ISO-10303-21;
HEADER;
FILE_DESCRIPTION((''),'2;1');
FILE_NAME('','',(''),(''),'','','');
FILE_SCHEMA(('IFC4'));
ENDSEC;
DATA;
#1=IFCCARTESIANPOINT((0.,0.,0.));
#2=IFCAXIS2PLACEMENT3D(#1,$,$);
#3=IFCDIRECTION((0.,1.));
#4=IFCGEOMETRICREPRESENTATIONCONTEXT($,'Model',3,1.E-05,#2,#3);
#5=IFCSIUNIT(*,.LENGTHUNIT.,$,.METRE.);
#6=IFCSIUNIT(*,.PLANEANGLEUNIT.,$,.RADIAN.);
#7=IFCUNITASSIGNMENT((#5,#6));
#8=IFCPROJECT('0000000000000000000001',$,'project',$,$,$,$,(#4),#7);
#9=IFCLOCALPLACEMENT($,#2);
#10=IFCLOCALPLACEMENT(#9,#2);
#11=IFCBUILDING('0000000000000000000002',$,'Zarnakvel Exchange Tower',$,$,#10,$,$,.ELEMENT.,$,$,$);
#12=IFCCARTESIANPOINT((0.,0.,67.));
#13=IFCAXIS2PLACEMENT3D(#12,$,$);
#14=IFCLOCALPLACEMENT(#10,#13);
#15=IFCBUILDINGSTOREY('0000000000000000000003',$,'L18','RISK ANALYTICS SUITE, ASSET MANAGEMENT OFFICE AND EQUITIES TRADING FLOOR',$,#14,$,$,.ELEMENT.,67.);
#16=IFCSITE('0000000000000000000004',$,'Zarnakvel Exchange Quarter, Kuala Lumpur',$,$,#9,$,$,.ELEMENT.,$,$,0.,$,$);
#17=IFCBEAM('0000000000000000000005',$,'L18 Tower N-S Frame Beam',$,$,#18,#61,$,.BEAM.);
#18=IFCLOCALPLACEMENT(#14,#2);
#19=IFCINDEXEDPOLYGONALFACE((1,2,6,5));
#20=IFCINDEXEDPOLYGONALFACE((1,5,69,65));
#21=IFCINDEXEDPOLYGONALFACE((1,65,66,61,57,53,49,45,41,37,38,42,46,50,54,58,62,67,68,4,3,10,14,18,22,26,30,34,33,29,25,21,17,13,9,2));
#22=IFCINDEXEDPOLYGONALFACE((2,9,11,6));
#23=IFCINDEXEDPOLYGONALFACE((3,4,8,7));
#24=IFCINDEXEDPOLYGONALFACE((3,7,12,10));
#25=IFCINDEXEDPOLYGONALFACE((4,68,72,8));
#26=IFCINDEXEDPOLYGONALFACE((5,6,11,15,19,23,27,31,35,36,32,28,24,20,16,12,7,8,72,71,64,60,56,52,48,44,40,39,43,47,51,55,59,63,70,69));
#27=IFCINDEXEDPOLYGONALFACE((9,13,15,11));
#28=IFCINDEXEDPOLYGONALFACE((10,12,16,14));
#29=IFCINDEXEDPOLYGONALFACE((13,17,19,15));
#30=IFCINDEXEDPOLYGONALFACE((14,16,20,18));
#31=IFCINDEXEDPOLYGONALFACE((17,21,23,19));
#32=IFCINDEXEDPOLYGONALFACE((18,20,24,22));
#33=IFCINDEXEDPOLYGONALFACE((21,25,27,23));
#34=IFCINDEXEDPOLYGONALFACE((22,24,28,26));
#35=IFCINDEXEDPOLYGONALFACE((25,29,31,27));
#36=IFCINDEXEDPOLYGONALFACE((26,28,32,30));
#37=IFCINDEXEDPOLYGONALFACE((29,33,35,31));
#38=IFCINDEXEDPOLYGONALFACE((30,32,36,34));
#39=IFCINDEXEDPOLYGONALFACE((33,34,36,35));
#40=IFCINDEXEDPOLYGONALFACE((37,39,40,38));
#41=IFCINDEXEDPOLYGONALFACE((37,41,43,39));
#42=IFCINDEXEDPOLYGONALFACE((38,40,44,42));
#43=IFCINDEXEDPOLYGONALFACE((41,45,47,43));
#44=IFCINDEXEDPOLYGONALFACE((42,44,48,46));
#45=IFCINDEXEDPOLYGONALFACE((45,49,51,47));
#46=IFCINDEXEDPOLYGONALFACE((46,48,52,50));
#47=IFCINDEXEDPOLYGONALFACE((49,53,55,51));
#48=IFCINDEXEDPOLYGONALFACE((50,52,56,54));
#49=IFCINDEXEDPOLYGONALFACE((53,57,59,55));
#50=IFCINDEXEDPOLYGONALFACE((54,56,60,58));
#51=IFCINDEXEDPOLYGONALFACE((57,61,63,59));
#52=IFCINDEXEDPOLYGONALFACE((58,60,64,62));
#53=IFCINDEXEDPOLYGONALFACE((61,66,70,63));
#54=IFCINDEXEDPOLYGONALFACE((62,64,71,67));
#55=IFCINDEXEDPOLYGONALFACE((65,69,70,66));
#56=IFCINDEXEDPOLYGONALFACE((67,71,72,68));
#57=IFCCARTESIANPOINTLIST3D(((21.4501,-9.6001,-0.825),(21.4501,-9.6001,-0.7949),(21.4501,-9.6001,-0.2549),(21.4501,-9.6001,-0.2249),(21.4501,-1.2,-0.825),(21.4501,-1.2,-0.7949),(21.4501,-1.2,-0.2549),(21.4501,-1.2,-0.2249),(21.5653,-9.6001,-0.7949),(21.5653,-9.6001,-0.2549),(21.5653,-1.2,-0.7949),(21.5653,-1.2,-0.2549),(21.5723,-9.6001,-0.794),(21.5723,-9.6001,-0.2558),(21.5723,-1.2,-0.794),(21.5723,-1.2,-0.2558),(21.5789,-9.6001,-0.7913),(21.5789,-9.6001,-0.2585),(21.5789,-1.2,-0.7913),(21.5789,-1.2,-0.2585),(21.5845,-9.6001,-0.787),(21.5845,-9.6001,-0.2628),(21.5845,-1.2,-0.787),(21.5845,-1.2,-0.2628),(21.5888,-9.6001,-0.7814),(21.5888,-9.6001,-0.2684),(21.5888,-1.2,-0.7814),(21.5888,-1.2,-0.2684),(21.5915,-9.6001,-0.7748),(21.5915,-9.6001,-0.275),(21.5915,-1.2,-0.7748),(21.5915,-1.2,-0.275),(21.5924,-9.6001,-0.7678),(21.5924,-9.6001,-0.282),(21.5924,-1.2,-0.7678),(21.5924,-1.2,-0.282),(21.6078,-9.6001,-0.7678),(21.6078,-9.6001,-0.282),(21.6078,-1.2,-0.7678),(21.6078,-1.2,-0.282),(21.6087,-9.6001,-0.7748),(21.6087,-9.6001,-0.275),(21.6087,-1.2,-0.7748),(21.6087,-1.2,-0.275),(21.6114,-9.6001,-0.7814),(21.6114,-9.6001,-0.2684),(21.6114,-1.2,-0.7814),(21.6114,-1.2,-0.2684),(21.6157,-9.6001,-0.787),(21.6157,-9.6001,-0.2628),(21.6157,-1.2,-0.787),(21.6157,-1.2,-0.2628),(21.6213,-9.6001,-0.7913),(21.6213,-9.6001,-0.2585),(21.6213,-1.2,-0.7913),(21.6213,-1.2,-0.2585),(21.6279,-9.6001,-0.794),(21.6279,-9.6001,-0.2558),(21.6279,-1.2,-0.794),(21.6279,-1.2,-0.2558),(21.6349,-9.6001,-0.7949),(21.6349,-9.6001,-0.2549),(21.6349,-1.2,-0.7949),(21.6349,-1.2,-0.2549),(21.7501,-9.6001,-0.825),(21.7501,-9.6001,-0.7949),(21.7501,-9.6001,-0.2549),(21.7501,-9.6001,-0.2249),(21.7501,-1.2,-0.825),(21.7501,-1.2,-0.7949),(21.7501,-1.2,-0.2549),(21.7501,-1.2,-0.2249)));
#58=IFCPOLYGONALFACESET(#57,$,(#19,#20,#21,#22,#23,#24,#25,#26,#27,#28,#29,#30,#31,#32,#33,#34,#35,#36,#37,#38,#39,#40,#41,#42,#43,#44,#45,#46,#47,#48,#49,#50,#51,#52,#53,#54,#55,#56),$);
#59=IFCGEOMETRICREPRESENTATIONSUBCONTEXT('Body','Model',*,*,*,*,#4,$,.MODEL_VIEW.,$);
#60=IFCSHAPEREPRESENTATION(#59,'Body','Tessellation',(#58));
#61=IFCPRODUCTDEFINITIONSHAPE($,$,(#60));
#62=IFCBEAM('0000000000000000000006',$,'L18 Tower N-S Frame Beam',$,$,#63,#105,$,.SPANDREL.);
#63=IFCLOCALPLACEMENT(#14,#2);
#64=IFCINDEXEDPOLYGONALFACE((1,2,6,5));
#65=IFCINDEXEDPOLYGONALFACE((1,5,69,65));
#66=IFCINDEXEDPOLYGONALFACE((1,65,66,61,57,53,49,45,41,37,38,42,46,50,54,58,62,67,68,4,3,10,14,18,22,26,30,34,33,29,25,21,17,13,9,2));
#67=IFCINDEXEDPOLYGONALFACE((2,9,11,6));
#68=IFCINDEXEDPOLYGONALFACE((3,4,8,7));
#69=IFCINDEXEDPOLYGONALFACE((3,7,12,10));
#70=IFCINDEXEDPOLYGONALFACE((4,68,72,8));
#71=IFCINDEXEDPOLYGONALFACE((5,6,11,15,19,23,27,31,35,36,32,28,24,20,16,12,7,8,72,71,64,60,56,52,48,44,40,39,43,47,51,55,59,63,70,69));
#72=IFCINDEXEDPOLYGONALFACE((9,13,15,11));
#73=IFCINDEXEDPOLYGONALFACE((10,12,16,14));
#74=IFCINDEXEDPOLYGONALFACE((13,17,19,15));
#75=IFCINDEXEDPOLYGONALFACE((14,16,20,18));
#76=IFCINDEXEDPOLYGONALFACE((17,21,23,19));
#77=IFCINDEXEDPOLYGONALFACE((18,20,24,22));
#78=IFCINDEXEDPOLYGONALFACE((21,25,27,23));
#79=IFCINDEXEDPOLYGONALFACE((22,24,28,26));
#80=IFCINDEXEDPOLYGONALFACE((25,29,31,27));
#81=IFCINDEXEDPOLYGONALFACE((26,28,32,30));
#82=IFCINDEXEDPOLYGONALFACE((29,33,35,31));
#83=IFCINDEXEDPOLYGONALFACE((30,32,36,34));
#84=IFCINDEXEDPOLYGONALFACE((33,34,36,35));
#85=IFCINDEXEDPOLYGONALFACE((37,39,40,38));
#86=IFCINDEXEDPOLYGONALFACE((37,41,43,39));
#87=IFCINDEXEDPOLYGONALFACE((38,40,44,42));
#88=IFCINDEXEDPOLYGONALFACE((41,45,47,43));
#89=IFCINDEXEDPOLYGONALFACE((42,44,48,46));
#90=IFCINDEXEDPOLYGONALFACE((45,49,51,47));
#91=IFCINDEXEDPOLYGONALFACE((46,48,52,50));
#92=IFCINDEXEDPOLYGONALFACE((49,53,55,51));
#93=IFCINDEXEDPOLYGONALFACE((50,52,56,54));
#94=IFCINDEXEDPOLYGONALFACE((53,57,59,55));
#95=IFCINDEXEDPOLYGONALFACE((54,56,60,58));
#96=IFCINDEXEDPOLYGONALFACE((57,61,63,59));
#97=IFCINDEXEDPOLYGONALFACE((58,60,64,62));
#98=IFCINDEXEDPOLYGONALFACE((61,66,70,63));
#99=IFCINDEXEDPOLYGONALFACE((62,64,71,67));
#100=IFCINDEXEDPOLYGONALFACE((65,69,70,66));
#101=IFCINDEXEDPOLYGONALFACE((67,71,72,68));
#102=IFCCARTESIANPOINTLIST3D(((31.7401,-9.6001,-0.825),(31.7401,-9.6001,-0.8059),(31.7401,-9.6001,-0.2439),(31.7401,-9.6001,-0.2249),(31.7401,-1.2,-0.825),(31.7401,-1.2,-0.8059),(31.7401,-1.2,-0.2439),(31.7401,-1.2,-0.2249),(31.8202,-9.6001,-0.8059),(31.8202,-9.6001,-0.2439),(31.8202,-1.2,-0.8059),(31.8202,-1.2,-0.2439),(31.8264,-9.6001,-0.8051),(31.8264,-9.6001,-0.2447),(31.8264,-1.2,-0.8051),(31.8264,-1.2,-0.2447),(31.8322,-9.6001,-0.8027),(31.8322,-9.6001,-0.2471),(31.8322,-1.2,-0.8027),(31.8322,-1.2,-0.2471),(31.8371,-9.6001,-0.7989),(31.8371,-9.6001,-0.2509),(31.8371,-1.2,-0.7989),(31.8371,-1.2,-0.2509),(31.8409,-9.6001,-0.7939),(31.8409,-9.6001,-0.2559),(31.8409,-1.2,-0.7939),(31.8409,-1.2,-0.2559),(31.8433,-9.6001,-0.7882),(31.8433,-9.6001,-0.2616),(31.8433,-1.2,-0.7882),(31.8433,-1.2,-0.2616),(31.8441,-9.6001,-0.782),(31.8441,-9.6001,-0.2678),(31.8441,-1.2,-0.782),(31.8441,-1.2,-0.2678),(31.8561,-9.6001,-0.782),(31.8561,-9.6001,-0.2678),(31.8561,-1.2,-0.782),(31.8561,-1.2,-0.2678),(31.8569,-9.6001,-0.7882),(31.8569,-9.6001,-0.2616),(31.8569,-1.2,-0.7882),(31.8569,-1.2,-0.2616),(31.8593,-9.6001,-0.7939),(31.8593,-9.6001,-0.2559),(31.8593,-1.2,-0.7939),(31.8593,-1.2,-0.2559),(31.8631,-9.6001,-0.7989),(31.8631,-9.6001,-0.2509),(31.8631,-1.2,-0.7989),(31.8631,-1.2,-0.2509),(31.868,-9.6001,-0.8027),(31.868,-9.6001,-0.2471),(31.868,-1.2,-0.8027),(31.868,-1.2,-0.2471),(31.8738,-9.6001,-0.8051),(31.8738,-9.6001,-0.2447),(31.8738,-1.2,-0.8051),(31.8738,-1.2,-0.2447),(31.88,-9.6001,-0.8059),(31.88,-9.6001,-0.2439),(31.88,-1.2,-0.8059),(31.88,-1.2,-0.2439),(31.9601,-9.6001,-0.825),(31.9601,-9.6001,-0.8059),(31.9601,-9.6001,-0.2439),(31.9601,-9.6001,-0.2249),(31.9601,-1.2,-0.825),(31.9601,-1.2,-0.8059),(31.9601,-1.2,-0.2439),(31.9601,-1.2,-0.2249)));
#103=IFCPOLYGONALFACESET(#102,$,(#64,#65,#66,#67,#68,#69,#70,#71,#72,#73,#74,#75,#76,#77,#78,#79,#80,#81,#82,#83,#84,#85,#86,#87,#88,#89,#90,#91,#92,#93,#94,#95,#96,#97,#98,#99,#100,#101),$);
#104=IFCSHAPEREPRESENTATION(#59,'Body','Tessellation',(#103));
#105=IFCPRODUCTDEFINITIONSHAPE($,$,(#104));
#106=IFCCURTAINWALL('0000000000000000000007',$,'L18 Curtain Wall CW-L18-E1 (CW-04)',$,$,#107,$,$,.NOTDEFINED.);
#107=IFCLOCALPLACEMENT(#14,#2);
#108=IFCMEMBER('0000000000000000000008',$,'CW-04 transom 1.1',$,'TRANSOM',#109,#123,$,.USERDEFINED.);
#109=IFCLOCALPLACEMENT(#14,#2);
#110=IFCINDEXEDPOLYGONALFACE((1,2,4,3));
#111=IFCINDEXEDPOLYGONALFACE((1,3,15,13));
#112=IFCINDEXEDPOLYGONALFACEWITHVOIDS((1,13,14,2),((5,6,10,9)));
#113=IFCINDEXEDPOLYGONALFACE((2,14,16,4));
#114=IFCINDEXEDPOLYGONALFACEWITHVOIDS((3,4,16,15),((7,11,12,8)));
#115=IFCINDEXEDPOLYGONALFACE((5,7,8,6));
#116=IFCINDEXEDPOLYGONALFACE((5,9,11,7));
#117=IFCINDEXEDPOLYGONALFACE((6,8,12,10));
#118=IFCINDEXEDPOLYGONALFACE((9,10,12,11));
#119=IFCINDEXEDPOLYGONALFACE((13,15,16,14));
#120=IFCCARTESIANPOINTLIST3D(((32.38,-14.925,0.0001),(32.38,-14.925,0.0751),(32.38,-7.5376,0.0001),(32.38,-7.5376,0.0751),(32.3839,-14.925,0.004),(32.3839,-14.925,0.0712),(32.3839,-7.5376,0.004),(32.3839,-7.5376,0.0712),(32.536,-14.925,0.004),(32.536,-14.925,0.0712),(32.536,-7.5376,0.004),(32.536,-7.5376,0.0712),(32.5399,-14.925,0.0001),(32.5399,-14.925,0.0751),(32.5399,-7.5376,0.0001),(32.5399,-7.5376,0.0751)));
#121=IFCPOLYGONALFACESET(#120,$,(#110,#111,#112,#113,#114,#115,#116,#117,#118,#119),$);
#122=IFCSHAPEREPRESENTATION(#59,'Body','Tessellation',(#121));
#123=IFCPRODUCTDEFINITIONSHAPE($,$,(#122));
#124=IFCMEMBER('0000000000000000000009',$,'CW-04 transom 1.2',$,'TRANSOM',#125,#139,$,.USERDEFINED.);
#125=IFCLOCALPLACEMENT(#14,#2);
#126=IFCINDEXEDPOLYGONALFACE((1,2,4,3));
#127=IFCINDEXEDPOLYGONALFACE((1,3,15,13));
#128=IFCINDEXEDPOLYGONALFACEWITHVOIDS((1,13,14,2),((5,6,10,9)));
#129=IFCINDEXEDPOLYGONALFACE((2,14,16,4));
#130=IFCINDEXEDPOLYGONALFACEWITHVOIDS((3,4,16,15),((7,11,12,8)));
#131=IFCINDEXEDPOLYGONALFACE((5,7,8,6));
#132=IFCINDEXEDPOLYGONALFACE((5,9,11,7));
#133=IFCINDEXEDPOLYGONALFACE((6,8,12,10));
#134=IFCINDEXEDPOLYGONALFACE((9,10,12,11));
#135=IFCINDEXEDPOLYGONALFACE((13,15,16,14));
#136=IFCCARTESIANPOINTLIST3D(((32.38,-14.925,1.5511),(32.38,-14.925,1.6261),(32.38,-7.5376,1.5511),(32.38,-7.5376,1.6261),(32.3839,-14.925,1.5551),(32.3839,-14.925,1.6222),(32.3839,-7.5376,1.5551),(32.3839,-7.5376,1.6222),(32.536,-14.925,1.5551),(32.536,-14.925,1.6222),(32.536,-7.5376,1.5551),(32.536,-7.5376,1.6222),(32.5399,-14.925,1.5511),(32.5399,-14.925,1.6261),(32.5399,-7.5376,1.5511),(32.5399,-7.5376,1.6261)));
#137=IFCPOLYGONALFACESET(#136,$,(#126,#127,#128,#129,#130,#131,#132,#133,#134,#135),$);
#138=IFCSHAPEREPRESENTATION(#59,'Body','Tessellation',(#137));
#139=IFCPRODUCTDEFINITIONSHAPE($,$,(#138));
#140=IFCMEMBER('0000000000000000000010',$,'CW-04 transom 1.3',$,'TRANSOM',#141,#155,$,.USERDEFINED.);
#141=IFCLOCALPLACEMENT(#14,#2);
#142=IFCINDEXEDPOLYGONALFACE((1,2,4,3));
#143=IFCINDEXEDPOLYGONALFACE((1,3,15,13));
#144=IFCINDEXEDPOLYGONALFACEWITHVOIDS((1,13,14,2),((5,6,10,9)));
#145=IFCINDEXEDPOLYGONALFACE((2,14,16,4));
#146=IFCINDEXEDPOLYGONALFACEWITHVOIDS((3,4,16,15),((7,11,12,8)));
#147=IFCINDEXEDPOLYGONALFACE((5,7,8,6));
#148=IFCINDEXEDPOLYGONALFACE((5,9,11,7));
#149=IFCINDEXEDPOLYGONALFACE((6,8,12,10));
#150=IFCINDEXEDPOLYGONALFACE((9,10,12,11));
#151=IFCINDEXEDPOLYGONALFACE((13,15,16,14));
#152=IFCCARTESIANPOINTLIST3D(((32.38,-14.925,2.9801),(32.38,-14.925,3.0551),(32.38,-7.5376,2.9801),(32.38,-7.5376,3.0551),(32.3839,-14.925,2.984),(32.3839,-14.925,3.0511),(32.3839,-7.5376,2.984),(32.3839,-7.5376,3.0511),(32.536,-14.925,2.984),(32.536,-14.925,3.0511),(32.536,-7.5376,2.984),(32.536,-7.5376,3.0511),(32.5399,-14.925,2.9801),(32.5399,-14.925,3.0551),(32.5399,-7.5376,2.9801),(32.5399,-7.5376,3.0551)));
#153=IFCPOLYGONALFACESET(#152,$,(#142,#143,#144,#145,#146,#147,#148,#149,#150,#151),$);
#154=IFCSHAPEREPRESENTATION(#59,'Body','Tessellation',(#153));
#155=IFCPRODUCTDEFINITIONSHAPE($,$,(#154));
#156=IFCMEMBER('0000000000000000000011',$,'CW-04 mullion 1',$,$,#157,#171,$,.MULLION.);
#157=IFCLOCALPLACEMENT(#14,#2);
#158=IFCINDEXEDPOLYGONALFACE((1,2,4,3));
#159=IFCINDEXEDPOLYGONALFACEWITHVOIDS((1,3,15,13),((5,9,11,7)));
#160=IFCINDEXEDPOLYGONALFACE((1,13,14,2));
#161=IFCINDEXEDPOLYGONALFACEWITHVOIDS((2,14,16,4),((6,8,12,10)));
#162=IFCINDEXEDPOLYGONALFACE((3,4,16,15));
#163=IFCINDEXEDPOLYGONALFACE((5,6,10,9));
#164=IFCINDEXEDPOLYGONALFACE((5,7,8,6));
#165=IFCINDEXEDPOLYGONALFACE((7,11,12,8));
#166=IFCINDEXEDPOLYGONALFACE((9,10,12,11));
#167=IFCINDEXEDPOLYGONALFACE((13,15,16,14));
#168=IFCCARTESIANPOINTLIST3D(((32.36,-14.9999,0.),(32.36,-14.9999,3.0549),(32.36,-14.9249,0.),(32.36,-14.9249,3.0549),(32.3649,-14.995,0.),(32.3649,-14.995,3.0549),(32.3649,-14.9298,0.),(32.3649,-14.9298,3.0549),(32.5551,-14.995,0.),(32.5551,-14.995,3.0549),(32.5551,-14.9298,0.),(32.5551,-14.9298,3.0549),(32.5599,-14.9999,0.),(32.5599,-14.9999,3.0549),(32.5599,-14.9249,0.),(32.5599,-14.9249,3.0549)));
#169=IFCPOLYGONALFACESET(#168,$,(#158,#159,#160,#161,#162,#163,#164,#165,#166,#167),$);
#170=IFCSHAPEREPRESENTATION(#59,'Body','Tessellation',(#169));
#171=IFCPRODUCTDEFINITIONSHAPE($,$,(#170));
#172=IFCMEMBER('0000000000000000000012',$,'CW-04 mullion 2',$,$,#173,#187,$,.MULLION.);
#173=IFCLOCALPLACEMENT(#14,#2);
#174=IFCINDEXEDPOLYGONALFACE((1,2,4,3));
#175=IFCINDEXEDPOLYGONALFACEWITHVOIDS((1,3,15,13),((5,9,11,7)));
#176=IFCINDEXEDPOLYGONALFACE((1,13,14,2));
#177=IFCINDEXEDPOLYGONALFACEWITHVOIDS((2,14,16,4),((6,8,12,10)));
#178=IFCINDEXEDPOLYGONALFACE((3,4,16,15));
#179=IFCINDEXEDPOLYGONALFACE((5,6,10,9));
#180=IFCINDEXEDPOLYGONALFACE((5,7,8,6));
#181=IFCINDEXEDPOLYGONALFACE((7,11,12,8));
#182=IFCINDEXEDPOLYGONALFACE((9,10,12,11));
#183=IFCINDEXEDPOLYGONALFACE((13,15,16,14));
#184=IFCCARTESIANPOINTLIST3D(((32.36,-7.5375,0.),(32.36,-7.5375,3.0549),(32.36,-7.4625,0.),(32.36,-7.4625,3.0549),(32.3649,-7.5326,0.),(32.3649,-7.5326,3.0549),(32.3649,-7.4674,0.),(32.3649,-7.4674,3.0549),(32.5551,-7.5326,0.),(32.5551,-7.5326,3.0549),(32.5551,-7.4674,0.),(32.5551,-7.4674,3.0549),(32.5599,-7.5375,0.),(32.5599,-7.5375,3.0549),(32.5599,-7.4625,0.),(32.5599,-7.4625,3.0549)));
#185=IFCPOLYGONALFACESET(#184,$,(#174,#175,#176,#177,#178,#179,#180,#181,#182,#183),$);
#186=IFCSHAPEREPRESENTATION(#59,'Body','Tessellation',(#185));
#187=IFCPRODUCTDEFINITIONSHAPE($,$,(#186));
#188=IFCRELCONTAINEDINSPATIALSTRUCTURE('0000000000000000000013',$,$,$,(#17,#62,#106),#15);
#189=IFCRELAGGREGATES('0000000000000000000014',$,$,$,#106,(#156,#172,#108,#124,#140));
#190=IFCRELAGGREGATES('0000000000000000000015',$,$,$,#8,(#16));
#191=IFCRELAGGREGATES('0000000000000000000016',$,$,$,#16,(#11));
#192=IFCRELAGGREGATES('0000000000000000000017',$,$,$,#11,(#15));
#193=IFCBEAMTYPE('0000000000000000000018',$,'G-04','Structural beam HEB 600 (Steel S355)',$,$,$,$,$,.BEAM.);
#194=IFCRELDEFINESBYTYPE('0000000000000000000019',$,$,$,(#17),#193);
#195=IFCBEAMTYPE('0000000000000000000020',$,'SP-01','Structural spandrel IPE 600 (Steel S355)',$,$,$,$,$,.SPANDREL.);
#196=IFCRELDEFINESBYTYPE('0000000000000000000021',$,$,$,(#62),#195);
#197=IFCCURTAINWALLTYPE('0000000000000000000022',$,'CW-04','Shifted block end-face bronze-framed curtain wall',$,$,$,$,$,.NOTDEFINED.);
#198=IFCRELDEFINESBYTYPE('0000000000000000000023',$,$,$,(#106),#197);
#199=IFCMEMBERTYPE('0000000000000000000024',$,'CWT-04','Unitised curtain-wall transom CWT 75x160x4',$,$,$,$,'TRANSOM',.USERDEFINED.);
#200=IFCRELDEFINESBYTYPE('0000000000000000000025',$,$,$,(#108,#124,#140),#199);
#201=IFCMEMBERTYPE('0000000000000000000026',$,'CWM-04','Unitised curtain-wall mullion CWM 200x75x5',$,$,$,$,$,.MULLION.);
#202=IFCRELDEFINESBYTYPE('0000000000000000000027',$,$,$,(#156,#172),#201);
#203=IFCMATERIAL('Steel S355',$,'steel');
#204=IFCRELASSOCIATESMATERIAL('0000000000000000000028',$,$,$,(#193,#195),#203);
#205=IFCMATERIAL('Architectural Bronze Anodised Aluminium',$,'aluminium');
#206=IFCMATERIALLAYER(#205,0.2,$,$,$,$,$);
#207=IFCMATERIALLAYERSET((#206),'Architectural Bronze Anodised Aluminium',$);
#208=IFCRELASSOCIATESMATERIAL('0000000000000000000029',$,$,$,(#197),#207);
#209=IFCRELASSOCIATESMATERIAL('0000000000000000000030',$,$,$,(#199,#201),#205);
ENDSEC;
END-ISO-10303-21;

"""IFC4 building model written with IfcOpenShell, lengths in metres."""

from ifc_helpers import new_model, si_unit, direction, frame, origin, origin_2d, place, context, subcontext, project, spatial, hollow_rectangle, i_section, extrude, source, transform, mapped, material, layer, layer_set, material_profile, profile_set, type_object, element, aggregate, save


model = new_model("IFC4")

# Units and contexts
model_context = context("Model", 3, precision=1e-05, world=origin(), true_north=direction((0.0, 1.0)))
body_context = subcontext(model_context, "Body", "Model", "MODEL_VIEW")
ifc_project = project(units=[si_unit("LENGTHUNIT", "METRE"), si_unit("PLANEANGLEUNIT", "RADIAN")], contexts=[model_context])

# Site, building, storey
site_placement = place(None, origin())
site = spatial("IfcSite", under=ifc_project, at=site_placement, Name="Zarnakvel Exchange Quarter, Kuala Lumpur", CompositionType="ELEMENT", RefElevation=0.0)
building_placement = place(site_placement, origin())
building = spatial("IfcBuilding", under=site, at=building_placement, Name="Zarnakvel Exchange Tower", CompositionType="ELEMENT")
storey_placement = place(building_placement, frame((0.0, 0.0, 67.0)))
storey = spatial("IfcBuildingStorey", under=building, at=storey_placement, Name="L18", Description="RISK ANALYTICS SUITE, ASSET MANAGEMENT OFFICE AND EQUITIES TRADING FLOOR", CompositionType="ELEMENT", Elevation=67.0)

# Shared definitions
ifc_material_1 = material(Name="Steel S355", Category="steel")

# Beams
ifc_material_profile_1 = material_profile(ifc_material_1, i_section(OverallWidth=0.3, OverallDepth=0.6001, WebThickness=0.0154, FlangeThickness=0.03, FilletRadius=0.0271, at=origin_2d()))
ifc_profile_set_1 = profile_set([ifc_material_profile_1], Name="Steel S355")
beam_type_1 = type_object("IfcBeamType", Name="G-04", Description="Structural beam HEB 600 (Steel S355)", PredefinedType="BEAM", material=ifc_profile_set_1)
beam_1_placement = place(storey_placement, frame((21.6001, -9.6001, -0.5249), z_axis=(0.0, 1.0, 0.0), x_axis=(-1.0, 0.0, 0.0)))
element("IfcBeam", 1, at=beam_1_placement, inside=storey, type_object=beam_type_1, Name="L18 Tower N-S Frame Beam", PredefinedType="BEAM", context=body_context, shape_type="SweptSolid", body=[
    extrude(i_section(OverallWidth=0.3, OverallDepth=0.6001, WebThickness=0.0154, FlangeThickness=0.03, FilletRadius=0.0271, at=origin_2d()), origin(), (0.0, 0.0, 1.0), 8.4001),
])
ifc_material_profile_2 = material_profile(ifc_material_1, i_section(OverallWidth=0.22, OverallDepth=0.6001, WebThickness=0.012, FlangeThickness=0.019, FilletRadius=0.0239, at=origin_2d()))
ifc_profile_set_2 = profile_set([ifc_material_profile_2], Name="Steel S355")
beam_type_2 = type_object("IfcBeamType", Name="SP-01", Description="Structural spandrel IPE 600 (Steel S355)", PredefinedType="SPANDREL", material=ifc_profile_set_2)
beam_2_placement = place(storey_placement, frame((31.8501, -9.6001, -0.5249), z_axis=(0.0, 1.0, 0.0), x_axis=(-1.0, 0.0, 0.0)))
element("IfcBeam", 2, at=beam_2_placement, inside=storey, type_object=beam_type_2, Name="L18 Tower N-S Frame Beam", PredefinedType="SPANDREL", context=body_context, shape_type="SweptSolid", body=[
    extrude(i_section(OverallWidth=0.22, OverallDepth=0.6001, WebThickness=0.012, FlangeThickness=0.019, FilletRadius=0.0239, at=origin_2d()), origin(), (0.0, 0.0, 1.0), 8.4001),
])

# Curtain wall, members
ifc_material_2 = material(Name="Architectural Bronze Anodised Aluminium", Category="aluminium")
ifc_layer_1 = layer(ifc_material_2, 0.2)
ifc_layer_set_1 = layer_set([ifc_layer_1], Name="Architectural Bronze Anodised Aluminium")
curtain_wall_type = type_object("IfcCurtainWallType", Name="CW-04", Description="Shifted block end-face bronze-framed curtain wall", PredefinedType="NOTDEFINED", material=ifc_layer_set_1)
curtain_wall_placement = place(storey_placement, origin())
curtain_wall = element("IfcCurtainWall", 3, at=curtain_wall_placement, inside=storey, type_object=curtain_wall_type, Name="L18 Curtain Wall CW-L18-E1 (CW-04)", PredefinedType="NOTDEFINED")
ifc_material_profile_3 = material_profile(ifc_material_2, hollow_rectangle(XDim=0.1599, YDim=0.075, WallThickness=0.0039, at=origin_2d()))
ifc_profile_set_3 = profile_set([ifc_material_profile_3], Name="Architectural Bronze Anodised Aluminium")
member_type_1 = type_object("IfcMemberType", Name="CWT-04", Description="Unitised curtain-wall transom CWT 75x160x4", ElementType="TRANSOM", PredefinedType="USERDEFINED", material=ifc_profile_set_3)
shared_shape_1 = source(origin(), body_context, "Body", "SweptSolid", [
    extrude(hollow_rectangle(XDim=0.1599, YDim=0.075, WallThickness=0.0039, at=origin_2d()), origin(), (0.0, 0.0, 1.0), 7.3875),
])
member_1_placement = place(storey_placement, frame((32.46, -14.925, 0.0376), z_axis=(0.0, 1.0, 0.0), x_axis=(-1.0, 0.0, 0.0)))
member_1 = element("IfcMember", 4, at=member_1_placement, type_object=member_type_1, Name="CW-04 transom 1.1", ObjectType="TRANSOM", PredefinedType="USERDEFINED", context=body_context, shape_type="MappedRepresentation", body=[
    mapped(shared_shape_1, transform((0.0, 0.0, 0.0), x_axis=(1.0, 0.0, 0.0), y_axis=(0.0, 1.0, 0.0), z_axis=(0.0, 0.0, 1.0), scale=1.0)),
])
member_2_placement = place(storey_placement, frame((32.46, -14.925, 1.5886), z_axis=(0.0, 1.0, 0.0), x_axis=(-1.0, 0.0, 0.0)))
member_2 = element("IfcMember", 5, at=member_2_placement, type_object=member_type_1, Name="CW-04 transom 1.2", ObjectType="TRANSOM", PredefinedType="USERDEFINED", context=body_context, shape_type="MappedRepresentation", body=[
    mapped(shared_shape_1, transform((0.0, 0.0, 0.0), x_axis=(1.0, 0.0, 0.0), y_axis=(0.0, 1.0, 0.0), z_axis=(0.0, 0.0, 1.0), scale=1.0)),
])
member_3_placement = place(storey_placement, frame((32.46, -14.925, 3.0176), z_axis=(0.0, 1.0, 0.0), x_axis=(-1.0, 0.0, 0.0)))
member_3 = element("IfcMember", 6, at=member_3_placement, type_object=member_type_1, Name="CW-04 transom 1.3", ObjectType="TRANSOM", PredefinedType="USERDEFINED", context=body_context, shape_type="MappedRepresentation", body=[
    mapped(shared_shape_1, transform((0.0, 0.0, 0.0), x_axis=(1.0, 0.0, 0.0), y_axis=(0.0, 1.0, 0.0), z_axis=(0.0, 0.0, 1.0), scale=1.0)),
])
ifc_material_profile_4 = material_profile(ifc_material_2, hollow_rectangle(XDim=0.2, YDim=0.075, WallThickness=0.0049, at=origin_2d()))
ifc_profile_set_4 = profile_set([ifc_material_profile_4], Name="Architectural Bronze Anodised Aluminium")
member_type_2 = type_object("IfcMemberType", Name="CWM-04", Description="Unitised curtain-wall mullion CWM 200x75x5", PredefinedType="MULLION", material=ifc_profile_set_4)
shared_shape_2 = source(origin(), body_context, "Body", "SweptSolid", [
    extrude(hollow_rectangle(XDim=0.2, YDim=0.075, WallThickness=0.0049, at=origin_2d()), origin(), (0.0, 0.0, 1.0), 3.0549),
])
member_4_placement = place(storey_placement, frame((32.46, -14.9624, 0.0), z_axis=(0.0, 0.0, 1.0), x_axis=(-1.0, 0.0, 0.0)))
member_4 = element("IfcMember", 7, at=member_4_placement, type_object=member_type_2, Name="CW-04 mullion 1", PredefinedType="MULLION", context=body_context, shape_type="MappedRepresentation", body=[
    mapped(shared_shape_2, transform((0.0, 0.0, 0.0), x_axis=(1.0, 0.0, 0.0), y_axis=(0.0, 1.0, 0.0), z_axis=(0.0, 0.0, 1.0), scale=1.0)),
])
member_5_placement = place(storey_placement, frame((32.46, -7.5, 0.0), z_axis=(0.0, 0.0, 1.0), x_axis=(-1.0, 0.0, 0.0)))
member_5 = element("IfcMember", 8, at=member_5_placement, type_object=member_type_2, Name="CW-04 mullion 2", PredefinedType="MULLION", context=body_context, shape_type="MappedRepresentation", body=[
    mapped(shared_shape_2, transform((0.0, 0.0, 0.0), x_axis=(1.0, 0.0, 0.0), y_axis=(0.0, 1.0, 0.0), z_axis=(0.0, 0.0, 1.0), scale=1.0)),
])
aggregate(curtain_wall, [member_4, member_5, member_1, member_2, member_3])

save(model, "model.ifc")
